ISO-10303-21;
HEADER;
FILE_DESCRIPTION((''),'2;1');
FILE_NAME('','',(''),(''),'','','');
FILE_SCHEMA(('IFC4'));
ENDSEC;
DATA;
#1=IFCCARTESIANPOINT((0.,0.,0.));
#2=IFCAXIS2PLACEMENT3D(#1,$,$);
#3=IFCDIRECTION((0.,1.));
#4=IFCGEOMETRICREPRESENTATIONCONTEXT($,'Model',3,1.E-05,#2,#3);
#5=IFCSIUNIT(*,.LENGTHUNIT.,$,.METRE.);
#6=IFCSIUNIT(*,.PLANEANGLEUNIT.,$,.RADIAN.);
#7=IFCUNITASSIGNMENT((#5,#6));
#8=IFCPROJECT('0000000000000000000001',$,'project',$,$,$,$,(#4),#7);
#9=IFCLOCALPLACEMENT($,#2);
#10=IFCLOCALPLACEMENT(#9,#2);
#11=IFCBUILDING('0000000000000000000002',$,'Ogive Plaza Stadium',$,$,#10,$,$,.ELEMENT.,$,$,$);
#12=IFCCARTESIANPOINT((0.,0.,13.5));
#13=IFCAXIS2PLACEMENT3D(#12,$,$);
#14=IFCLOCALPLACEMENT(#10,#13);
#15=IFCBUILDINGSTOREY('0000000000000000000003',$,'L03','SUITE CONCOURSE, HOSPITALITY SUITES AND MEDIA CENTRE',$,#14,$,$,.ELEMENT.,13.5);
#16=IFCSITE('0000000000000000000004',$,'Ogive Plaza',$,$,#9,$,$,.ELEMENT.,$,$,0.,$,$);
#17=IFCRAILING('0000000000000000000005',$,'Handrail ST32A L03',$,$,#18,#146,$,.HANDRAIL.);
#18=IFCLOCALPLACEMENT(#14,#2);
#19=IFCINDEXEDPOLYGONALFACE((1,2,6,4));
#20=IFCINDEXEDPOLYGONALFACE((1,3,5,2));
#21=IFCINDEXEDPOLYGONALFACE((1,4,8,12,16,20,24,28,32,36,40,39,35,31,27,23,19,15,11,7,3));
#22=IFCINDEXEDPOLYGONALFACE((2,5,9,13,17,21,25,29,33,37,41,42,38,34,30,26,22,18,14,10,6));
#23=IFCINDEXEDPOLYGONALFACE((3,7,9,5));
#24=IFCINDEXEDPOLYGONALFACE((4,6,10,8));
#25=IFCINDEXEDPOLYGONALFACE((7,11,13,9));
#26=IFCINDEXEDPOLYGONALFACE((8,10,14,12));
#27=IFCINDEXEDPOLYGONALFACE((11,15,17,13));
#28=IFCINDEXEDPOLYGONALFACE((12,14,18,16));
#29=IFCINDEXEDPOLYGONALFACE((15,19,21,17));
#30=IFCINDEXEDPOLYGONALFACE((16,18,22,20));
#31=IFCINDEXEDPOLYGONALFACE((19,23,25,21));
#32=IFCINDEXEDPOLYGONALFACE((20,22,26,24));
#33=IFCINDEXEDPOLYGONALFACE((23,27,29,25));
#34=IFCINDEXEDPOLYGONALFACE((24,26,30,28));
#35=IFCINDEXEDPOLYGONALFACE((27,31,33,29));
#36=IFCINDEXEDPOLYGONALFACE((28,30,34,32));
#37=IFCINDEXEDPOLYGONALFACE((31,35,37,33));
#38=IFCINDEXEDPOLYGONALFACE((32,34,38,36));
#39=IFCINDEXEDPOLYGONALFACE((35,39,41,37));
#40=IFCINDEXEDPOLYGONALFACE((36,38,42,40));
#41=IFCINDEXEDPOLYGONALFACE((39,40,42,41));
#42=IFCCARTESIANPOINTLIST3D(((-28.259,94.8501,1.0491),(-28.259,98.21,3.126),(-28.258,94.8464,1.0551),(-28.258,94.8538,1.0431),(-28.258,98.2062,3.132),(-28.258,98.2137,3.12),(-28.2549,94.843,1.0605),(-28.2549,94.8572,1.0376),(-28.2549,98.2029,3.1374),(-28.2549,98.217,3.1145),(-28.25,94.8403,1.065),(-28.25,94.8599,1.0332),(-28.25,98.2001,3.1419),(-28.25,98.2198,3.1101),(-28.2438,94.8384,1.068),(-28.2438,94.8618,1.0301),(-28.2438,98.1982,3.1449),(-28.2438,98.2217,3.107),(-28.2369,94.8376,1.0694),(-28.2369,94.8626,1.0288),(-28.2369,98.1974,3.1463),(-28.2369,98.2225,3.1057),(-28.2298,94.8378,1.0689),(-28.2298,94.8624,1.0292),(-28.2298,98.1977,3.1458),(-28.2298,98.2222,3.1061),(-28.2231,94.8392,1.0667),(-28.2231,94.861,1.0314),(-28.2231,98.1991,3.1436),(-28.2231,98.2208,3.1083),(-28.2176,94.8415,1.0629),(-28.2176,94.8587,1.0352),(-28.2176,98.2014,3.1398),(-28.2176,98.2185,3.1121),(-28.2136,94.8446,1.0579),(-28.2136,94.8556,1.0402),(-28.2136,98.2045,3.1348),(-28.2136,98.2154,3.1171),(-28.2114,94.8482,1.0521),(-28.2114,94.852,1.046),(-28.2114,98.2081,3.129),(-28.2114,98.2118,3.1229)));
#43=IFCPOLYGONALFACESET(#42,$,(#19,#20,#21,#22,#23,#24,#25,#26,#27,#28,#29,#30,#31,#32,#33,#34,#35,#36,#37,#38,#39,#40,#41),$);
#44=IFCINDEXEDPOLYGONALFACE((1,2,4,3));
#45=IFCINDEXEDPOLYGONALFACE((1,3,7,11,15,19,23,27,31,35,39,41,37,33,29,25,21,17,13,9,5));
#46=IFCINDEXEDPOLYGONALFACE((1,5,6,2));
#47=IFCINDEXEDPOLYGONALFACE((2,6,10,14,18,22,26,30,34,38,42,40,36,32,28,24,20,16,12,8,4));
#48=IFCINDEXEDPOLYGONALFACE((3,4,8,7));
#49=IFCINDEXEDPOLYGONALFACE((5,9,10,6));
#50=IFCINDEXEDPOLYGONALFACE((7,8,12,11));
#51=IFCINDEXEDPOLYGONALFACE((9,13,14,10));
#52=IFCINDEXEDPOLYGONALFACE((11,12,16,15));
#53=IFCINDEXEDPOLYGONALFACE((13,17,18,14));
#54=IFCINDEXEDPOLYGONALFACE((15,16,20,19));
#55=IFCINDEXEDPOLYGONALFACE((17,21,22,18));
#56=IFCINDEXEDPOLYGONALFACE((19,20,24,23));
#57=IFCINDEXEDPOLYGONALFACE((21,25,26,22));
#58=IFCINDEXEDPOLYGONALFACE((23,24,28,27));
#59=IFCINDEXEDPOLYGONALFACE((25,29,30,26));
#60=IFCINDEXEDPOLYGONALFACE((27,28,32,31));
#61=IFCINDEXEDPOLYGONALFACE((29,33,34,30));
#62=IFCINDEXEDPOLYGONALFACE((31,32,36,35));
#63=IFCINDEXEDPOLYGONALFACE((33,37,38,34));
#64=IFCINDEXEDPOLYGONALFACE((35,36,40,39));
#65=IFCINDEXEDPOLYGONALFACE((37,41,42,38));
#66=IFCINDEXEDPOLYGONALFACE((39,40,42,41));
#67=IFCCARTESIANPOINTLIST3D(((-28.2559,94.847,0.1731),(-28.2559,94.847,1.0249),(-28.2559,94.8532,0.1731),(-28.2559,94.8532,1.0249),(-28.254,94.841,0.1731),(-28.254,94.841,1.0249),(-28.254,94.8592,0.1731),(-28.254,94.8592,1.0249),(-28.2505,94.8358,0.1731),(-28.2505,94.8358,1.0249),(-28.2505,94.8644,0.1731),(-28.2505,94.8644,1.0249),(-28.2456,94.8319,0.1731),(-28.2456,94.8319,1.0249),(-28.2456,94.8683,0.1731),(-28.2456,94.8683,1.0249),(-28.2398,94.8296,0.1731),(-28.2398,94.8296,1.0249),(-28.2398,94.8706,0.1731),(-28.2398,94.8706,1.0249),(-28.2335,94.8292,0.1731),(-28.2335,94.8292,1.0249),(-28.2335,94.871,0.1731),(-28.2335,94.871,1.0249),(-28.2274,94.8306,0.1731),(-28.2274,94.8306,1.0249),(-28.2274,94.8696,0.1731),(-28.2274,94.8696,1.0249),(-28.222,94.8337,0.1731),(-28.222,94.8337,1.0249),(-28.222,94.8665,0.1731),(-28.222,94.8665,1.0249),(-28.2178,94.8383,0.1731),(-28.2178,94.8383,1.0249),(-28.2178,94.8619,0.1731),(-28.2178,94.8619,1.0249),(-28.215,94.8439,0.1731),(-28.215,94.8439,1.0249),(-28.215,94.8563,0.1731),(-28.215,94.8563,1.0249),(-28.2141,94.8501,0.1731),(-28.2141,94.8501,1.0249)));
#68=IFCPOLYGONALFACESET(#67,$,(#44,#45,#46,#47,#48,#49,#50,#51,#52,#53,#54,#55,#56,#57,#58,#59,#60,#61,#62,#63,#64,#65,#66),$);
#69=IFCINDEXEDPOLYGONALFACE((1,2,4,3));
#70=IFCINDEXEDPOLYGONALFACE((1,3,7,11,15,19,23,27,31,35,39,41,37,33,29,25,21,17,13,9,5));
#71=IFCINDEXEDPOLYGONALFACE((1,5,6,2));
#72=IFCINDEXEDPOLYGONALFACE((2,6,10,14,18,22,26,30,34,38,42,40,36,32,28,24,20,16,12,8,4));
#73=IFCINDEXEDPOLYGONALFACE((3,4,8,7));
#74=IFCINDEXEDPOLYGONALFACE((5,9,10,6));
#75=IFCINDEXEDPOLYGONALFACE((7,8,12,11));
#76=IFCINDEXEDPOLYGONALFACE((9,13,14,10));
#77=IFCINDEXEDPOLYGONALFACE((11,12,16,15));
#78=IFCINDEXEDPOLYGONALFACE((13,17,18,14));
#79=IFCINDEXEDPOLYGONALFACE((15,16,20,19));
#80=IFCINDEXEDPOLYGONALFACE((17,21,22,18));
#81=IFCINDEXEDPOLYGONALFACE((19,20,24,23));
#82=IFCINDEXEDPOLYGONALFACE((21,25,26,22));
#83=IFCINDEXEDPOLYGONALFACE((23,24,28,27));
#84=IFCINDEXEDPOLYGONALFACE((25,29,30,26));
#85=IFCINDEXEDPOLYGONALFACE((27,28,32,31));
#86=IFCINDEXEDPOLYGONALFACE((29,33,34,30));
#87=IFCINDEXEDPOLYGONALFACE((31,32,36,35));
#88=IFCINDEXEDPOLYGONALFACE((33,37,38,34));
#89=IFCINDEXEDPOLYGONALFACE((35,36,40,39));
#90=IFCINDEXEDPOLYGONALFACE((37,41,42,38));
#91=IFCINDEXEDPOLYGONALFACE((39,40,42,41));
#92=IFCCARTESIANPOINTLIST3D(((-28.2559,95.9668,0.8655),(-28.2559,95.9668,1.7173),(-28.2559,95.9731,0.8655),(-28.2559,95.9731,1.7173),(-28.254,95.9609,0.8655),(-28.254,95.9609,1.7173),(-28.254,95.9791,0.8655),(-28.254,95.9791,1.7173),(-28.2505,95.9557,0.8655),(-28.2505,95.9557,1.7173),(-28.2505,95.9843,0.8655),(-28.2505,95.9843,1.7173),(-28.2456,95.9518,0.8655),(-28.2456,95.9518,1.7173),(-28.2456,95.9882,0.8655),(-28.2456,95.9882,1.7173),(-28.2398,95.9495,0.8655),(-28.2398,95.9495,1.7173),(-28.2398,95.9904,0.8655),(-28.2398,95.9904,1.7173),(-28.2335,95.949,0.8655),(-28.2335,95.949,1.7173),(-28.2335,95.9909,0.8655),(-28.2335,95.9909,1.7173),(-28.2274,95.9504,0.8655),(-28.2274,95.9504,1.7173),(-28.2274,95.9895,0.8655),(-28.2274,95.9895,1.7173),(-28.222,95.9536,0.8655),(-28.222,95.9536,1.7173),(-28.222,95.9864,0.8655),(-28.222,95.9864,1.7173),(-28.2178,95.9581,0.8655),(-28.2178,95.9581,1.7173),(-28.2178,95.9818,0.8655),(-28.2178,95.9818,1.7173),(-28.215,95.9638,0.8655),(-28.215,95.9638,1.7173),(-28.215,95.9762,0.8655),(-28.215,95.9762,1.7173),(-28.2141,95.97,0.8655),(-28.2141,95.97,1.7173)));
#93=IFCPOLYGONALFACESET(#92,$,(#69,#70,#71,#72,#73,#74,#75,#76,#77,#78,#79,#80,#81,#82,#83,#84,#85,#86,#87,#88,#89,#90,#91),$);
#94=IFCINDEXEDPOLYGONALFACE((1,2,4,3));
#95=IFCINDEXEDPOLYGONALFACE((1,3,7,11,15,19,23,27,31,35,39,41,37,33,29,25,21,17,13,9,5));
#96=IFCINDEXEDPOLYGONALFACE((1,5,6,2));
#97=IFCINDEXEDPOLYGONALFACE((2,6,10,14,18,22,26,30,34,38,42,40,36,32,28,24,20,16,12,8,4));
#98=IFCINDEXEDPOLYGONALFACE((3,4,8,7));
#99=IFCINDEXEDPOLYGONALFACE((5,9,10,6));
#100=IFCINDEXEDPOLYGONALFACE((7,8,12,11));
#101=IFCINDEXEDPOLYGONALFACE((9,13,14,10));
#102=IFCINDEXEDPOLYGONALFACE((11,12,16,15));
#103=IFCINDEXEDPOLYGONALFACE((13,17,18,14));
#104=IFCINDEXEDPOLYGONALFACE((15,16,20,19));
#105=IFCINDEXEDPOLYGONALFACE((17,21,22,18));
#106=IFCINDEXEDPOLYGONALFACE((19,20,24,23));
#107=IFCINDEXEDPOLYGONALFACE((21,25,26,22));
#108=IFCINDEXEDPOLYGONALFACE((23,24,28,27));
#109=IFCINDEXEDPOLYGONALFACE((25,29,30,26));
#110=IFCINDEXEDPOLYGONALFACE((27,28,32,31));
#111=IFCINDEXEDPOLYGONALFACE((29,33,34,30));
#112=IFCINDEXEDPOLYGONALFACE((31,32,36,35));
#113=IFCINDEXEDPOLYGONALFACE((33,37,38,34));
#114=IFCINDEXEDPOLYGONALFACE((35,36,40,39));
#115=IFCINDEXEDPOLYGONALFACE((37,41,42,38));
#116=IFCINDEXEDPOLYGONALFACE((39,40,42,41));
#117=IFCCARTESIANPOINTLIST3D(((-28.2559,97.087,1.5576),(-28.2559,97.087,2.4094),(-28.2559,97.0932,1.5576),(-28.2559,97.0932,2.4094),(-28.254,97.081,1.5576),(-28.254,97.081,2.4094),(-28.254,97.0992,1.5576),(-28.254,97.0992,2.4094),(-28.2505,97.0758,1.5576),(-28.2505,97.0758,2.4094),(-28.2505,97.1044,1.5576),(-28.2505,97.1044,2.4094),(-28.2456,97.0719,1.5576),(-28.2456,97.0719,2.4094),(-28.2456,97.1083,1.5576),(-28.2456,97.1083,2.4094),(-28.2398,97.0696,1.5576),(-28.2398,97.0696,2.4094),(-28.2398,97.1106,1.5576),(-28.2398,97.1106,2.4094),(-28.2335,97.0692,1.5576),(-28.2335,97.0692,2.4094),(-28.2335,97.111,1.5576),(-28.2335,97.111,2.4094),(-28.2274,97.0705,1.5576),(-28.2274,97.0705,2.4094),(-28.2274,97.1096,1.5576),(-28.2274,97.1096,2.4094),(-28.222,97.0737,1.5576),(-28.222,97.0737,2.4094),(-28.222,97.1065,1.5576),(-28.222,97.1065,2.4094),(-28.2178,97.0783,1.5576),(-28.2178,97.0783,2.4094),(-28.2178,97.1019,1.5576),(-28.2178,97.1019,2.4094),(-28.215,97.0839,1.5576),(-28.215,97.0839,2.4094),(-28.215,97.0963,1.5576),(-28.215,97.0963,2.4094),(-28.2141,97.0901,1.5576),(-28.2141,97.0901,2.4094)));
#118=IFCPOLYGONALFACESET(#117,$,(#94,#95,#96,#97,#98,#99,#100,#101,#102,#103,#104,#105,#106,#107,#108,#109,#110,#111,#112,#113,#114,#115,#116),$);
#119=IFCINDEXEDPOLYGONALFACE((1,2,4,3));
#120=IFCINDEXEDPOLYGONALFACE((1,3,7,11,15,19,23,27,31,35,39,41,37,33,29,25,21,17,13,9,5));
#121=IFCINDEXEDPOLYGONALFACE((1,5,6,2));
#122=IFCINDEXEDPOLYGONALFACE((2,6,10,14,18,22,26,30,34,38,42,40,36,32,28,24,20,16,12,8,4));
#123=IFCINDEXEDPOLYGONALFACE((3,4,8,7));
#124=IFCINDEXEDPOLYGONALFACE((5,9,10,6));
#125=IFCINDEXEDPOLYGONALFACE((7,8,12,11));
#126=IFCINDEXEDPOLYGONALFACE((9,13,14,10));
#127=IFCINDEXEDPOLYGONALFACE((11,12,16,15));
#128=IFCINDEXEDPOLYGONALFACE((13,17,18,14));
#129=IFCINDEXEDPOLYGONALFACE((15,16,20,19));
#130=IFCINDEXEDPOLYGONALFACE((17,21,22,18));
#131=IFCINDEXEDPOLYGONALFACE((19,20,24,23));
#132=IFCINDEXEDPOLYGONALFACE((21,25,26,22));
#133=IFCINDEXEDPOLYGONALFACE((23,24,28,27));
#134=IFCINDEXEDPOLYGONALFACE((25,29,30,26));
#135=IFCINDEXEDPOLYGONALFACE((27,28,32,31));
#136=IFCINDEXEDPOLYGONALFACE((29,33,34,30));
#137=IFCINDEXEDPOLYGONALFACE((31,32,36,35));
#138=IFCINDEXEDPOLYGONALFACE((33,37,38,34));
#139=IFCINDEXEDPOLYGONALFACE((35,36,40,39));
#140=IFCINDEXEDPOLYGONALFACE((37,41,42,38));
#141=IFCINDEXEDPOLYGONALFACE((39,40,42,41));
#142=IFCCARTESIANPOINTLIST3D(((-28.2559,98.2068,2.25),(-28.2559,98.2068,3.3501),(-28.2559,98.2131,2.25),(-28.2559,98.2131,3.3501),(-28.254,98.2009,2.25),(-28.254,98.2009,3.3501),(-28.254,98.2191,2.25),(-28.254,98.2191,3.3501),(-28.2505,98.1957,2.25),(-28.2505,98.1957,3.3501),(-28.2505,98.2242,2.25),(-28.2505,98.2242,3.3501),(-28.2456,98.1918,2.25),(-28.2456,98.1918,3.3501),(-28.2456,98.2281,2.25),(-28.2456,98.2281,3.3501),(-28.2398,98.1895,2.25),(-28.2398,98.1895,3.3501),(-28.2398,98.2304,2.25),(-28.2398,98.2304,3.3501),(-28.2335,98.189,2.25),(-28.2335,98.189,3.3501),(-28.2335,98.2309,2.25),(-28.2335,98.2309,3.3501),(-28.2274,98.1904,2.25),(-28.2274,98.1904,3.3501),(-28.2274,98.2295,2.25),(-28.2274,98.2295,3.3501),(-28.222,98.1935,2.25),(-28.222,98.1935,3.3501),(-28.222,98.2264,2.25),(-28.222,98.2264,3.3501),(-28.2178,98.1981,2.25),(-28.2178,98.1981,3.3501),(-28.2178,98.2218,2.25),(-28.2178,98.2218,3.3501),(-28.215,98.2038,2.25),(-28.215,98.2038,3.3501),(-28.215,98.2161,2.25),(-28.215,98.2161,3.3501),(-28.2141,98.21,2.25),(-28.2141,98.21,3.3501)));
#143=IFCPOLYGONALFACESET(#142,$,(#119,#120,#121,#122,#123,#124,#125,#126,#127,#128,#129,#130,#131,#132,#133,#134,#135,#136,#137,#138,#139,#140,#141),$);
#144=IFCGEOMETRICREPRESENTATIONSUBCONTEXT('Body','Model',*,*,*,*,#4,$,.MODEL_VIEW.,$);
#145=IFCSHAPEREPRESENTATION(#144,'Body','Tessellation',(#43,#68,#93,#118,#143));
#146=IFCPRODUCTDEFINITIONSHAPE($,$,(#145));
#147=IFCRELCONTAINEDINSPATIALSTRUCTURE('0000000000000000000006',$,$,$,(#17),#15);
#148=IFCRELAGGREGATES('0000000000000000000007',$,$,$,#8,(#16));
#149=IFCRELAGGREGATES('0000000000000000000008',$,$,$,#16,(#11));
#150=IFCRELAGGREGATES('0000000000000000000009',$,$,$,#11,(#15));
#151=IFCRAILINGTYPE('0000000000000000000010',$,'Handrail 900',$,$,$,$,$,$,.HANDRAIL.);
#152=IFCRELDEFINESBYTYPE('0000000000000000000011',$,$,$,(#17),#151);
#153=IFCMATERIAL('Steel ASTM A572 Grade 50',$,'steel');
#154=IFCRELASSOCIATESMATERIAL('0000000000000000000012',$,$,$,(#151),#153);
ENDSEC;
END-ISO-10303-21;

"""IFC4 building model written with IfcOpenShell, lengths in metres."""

from ifc_helpers import new_model, si_unit, direction, frame, origin, origin_2d, place, context, subcontext, project, spatial, circle, extrude, material, type_object, element, save


model = new_model("IFC4")

# Units and contexts
model_context = context("Model", 3, precision=1e-05, world=origin(), true_north=direction((0.0, 1.0)))
body_context = subcontext(model_context, "Body", "Model", "MODEL_VIEW")
ifc_project = project(units=[si_unit("LENGTHUNIT", "METRE"), si_unit("PLANEANGLEUNIT", "RADIAN")], contexts=[model_context])

# Site, building, storey
site_placement = place(None, origin())
site = spatial("IfcSite", under=ifc_project, at=site_placement, Name="Ogive Plaza", CompositionType="ELEMENT", RefElevation=0.0)
building_placement = place(site_placement, origin())
building = spatial("IfcBuilding", under=site, at=building_placement, Name="Ogive Plaza Stadium", CompositionType="ELEMENT")
storey_placement = place(building_placement, frame((0.0, 0.0, 13.5)))
storey = spatial("IfcBuildingStorey", under=building, at=storey_placement, Name="L03", Description="SUITE CONCOURSE, HOSPITALITY SUITES AND MEDIA CENTRE", CompositionType="ELEMENT", Elevation=13.5)

# Railing
ifc_material_1 = material(Name="Steel ASTM A572 Grade 50", Category="steel")
railing_type_1 = type_object("IfcRailingType", Name="Handrail 900", PredefinedType="HANDRAIL", material=ifc_material_1)
for number, where, name in (
    (1, (-28.2351, 94.8501, 0.1731), "Handrail ST32A L03"),
):
    element("IfcRailing", number, at=place(storey_placement, frame(where)), inside=storey, type_object=railing_type_1, Name=name, PredefinedType="HANDRAIL", context=body_context, shape_type="SweptSolid", body=[
        extrude(circle(Radius=0.0239, at=origin_2d()), frame((0.0, 0.0, 0.876), z_axis=(0.0, 0.850606, 0.525803), x_axis=(-1.0, 0.0, 0.0)), (0.0, 0.0, 1.0), 3.95),
        extrude(circle(Radius=0.021, at=origin_2d()), origin(), (0.0, 0.0, 1.0), 0.8518),
        extrude(circle(Radius=0.021, at=origin_2d()), frame((0.0, 1.1199, 0.6924)), (0.0, 0.0, 1.0), 0.8518),
        extrude(circle(Radius=0.021, at=origin_2d()), frame((0.0, 2.24, 1.3845)), (0.0, 0.0, 1.0), 0.8518),
        extrude(circle(Radius=0.021, at=origin_2d()), frame((0.0, 3.3599, 2.0769)), (0.0, 0.0, 1.0), 1.1001),
    ])

save(model, "model.ifc")
